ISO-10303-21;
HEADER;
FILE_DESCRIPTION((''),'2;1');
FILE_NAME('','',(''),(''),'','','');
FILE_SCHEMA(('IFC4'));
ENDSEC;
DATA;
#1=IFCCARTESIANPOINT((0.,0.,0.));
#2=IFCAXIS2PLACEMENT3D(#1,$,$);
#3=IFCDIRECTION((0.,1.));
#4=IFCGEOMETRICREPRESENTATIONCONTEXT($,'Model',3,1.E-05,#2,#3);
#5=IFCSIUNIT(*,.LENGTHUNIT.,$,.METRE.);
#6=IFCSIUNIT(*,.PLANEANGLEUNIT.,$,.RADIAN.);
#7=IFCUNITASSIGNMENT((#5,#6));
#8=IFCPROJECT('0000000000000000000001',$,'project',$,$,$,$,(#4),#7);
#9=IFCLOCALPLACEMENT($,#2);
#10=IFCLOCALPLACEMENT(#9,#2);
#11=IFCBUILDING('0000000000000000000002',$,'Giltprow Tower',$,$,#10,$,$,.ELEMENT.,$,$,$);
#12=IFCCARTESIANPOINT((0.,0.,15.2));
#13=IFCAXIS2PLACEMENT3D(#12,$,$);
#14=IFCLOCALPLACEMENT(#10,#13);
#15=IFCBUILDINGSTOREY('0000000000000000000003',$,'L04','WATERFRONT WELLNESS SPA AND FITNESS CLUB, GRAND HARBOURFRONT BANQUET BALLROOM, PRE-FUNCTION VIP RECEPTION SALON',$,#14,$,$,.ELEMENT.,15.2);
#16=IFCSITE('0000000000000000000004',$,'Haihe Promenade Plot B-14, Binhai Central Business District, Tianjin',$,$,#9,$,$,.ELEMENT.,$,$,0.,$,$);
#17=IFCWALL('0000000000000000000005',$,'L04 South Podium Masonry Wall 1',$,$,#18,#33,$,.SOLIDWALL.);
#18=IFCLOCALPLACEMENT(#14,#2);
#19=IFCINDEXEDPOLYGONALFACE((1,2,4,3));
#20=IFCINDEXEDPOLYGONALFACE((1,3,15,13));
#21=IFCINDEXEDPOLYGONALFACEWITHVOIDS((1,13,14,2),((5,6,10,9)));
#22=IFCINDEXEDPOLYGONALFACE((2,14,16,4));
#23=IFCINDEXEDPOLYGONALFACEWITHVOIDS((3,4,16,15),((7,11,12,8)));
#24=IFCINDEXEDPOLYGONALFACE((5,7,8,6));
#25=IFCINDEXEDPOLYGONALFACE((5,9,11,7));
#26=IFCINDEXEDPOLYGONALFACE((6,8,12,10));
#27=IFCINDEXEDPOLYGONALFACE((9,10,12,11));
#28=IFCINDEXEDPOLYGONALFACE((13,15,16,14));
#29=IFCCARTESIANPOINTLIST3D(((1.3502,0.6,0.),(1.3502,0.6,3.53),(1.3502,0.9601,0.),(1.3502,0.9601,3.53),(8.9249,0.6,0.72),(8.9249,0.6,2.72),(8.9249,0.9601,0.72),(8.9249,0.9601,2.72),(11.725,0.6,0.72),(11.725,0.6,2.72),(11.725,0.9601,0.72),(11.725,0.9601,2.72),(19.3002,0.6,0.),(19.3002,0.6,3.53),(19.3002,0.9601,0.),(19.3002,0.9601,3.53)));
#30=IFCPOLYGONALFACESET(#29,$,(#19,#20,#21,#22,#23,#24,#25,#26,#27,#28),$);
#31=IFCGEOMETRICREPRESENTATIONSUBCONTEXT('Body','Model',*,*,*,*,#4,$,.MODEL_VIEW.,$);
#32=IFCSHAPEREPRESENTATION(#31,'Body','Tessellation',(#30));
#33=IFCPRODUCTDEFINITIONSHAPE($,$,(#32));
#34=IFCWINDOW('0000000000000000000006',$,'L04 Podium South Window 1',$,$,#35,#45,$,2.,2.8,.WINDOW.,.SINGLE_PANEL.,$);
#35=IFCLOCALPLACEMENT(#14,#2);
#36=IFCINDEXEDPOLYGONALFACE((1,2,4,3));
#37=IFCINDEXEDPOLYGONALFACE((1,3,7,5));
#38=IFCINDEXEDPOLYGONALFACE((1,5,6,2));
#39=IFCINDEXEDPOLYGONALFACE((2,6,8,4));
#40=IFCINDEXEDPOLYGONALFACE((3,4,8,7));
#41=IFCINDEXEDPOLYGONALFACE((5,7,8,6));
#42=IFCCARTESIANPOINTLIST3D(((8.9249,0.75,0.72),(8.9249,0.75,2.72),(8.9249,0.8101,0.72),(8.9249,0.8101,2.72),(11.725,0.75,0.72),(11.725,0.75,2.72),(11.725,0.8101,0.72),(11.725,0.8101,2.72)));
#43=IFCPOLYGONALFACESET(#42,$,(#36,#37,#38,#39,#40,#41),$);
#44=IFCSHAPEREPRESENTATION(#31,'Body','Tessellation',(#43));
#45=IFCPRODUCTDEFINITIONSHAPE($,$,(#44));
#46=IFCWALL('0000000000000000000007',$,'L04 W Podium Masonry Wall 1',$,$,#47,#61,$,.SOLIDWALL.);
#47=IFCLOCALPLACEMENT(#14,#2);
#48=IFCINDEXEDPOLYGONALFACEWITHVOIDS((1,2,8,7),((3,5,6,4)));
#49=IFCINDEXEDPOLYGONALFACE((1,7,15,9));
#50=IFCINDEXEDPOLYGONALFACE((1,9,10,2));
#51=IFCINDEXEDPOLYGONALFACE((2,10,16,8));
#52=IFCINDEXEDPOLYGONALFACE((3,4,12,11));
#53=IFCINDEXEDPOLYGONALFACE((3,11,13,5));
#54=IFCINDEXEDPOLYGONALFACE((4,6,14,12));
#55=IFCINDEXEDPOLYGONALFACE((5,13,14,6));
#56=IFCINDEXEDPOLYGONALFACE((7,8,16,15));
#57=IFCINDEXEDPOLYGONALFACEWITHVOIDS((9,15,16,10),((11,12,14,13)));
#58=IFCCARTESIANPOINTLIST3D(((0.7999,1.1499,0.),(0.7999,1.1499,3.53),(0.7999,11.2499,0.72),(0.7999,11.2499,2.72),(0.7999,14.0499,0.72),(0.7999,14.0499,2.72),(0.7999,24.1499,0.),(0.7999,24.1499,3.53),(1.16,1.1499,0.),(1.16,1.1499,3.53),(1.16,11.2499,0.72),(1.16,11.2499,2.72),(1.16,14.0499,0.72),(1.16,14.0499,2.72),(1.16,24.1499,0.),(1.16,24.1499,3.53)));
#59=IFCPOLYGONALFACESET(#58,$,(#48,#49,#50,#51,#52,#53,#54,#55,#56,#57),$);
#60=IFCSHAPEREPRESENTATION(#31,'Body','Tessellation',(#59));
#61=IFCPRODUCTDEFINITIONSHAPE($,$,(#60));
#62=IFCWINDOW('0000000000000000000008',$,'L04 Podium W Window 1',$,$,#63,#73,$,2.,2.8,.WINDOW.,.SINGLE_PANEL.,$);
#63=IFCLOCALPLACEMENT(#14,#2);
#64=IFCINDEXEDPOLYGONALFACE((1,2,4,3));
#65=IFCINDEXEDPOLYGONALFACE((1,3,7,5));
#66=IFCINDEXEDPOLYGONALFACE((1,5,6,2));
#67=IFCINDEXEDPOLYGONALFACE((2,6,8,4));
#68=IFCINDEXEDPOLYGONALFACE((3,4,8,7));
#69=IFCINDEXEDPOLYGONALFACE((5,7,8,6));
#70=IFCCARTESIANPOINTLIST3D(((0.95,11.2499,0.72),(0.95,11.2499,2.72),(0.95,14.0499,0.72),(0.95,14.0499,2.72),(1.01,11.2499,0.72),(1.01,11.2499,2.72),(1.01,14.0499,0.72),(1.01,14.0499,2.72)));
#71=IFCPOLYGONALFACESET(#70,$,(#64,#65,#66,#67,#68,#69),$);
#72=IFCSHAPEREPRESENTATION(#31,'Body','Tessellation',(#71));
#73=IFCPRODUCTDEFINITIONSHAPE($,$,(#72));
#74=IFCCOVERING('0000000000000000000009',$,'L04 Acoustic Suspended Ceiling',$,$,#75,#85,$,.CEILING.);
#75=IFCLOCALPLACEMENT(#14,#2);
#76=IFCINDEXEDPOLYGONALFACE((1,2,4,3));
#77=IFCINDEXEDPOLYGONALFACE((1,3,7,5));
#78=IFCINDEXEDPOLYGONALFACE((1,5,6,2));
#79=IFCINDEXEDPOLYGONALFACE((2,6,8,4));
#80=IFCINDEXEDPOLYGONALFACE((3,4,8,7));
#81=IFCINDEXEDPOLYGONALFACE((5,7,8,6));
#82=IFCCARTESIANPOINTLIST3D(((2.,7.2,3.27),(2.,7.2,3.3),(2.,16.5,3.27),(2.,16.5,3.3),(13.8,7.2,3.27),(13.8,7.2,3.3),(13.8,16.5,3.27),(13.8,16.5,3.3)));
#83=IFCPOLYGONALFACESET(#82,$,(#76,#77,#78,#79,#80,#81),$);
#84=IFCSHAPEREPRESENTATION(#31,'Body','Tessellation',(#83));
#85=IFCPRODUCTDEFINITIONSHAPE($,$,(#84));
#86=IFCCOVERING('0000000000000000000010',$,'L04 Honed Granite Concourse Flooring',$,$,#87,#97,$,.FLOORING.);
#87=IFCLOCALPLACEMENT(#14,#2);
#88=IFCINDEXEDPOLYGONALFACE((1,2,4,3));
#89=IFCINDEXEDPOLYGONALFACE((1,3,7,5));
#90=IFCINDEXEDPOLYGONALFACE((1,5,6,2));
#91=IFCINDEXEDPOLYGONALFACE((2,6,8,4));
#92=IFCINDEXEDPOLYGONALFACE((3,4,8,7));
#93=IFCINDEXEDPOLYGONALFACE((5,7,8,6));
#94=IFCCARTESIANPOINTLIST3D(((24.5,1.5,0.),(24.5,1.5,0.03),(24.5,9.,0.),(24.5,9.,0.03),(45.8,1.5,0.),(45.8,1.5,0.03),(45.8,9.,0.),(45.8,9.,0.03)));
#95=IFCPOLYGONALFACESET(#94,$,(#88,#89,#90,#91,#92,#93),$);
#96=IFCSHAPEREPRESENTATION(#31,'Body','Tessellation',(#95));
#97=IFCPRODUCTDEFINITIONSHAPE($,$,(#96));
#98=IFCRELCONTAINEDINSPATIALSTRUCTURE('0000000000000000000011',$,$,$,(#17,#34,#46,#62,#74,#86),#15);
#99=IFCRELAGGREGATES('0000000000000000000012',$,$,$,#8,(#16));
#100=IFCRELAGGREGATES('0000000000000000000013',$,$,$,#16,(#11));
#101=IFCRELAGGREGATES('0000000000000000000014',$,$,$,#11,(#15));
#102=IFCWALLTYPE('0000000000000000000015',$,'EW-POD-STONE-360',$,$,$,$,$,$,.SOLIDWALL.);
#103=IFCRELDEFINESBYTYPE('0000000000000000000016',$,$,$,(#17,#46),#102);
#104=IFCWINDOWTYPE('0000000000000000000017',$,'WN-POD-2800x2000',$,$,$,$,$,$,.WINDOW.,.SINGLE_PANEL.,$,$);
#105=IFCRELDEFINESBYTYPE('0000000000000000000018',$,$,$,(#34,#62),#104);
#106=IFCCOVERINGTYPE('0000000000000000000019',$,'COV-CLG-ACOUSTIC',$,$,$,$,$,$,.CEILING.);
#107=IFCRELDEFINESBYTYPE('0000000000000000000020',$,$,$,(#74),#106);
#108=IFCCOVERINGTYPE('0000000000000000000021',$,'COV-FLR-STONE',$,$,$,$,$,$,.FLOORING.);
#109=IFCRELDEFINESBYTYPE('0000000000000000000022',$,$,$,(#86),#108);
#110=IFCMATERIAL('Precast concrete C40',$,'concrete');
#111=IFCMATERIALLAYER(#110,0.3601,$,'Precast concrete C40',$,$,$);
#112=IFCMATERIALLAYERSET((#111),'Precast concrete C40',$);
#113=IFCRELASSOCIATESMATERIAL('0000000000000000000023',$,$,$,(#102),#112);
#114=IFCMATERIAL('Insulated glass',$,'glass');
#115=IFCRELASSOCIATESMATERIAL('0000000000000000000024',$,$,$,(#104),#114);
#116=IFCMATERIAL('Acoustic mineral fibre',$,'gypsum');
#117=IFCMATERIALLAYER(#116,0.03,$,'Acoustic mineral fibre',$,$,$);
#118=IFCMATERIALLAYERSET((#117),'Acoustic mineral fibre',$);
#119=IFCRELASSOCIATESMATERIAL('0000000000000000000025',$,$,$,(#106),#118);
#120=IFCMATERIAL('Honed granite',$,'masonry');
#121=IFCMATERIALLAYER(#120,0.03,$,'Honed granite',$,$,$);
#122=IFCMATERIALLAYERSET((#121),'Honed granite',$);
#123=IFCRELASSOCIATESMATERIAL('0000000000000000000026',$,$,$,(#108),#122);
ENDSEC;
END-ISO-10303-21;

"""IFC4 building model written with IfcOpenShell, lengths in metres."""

from ifc_helpers import new_model, si_unit, direction, frame, frame_2d, origin, place, context, subcontext, project, spatial, polyline, rectangle, outline, extrude, source, transform, mapped, material, layer, layer_set, type_object, element, fill, save


model = new_model("IFC4")

# Units and contexts
model_context = context("Model", 3, precision=1e-05, world=origin(), true_north=direction((0.0, 1.0)))
body_context = subcontext(model_context, "Body", "Model", "MODEL_VIEW")
ifc_project = project(units=[si_unit("LENGTHUNIT", "METRE"), si_unit("PLANEANGLEUNIT", "RADIAN")], contexts=[model_context])

# Site, building, storey
site_placement = place(None, origin())
site = spatial("IfcSite", under=ifc_project, at=site_placement, Name="Haihe Promenade Plot B-14, Binhai Central Business District, Tianjin", CompositionType="ELEMENT", RefElevation=0.0)
building_placement = place(site_placement, origin())
building = spatial("IfcBuilding", under=site, at=building_placement, Name="Giltprow Tower", CompositionType="ELEMENT")
storey_placement = place(building_placement, frame((0.0, 0.0, 15.2)))
storey = spatial("IfcBuildingStorey", under=building, at=storey_placement, Name="L04", Description="WATERFRONT WELLNESS SPA AND FITNESS CLUB, GRAND HARBOURFRONT BANQUET BALLROOM, PRE-FUNCTION VIP RECEPTION SALON", CompositionType="ELEMENT", Elevation=15.2)

# Walls, openings, windows
ifc_material_1 = material(Name="Precast concrete C40", Category="concrete")
ifc_layer_1 = layer(ifc_material_1, 0.3601, Name="Precast concrete C40")
ifc_layer_set_1 = layer_set([ifc_layer_1], Name="Precast concrete C40")
wall_type = type_object("IfcWallType", Name="EW-POD-STONE-360", PredefinedType="SOLIDWALL", material=ifc_layer_set_1)
wall_1_placement = place(storey_placement, frame((1.3501, 0.78, 0.0), z_axis=(0.0, 0.0, 1.0), x_axis=(1.0, 0.0, 0.0)))
wall_1 = element("IfcWall", 1, at=wall_1_placement, inside=storey, type_object=wall_type, Name="L04 South Podium Masonry Wall 1", PredefinedType="SOLIDWALL", context=body_context, shape_type="SweptSolid", body=[
    extrude(rectangle(XDim=17.95, YDim=0.3601, at=frame_2d((8.9751, 0.0))), origin(), (0.0, 0.0, 1.0), 3.53),
])
opening_1_placement = place(wall_1_placement, frame((7.575, 0.0, 0.72)))
opening_1 = element("IfcOpeningElement", 2, at=opening_1_placement, cuts=wall_1, PredefinedType="OPENING", context=body_context, shape_type="SweptSolid", body=[
    extrude(rectangle(XDim=2.8, YDim=2.0, at=frame_2d((1.3999, 1.0))), frame((0.0, 0.1899, 0.0), z_axis=(0.0, -1.0, 0.0), x_axis=(1.0, 0.0, 0.0)), (0.0, 0.0, 1.0), 0.3801),
])
ifc_material_2 = material(Name="Insulated glass", Category="glass")
window_type = type_object("IfcWindowType", Name="WN-POD-2800x2000", PartitioningType="SINGLE_PANEL", PredefinedType="WINDOW", material=ifc_material_2)
shared_shape_1 = source(origin(), body_context, "Body", "SweptSolid", [
    extrude(rectangle(XDim=2.8, YDim=2.0, at=frame_2d((1.3999, 1.0))), frame((0.0, 0.03, 0.0), z_axis=(0.0, -1.0, 0.0), x_axis=(1.0, 0.0, 0.0)), (0.0, 0.0, 1.0), 0.0601),
])
window_1_placement = place(opening_1_placement, origin())
window_1 = element("IfcWindow", 3, at=window_1_placement, inside=storey, type_object=window_type, Name="L04 Podium South Window 1", OverallHeight=2.0, OverallWidth=2.8, PartitioningType="SINGLE_PANEL", PredefinedType="WINDOW", context=body_context, shape_type="MappedRepresentation", body=[
    mapped(shared_shape_1, transform((0.0, 0.0, 0.0), x_axis=(1.0, 0.0, 0.0), y_axis=(0.0, 1.0, 0.0), z_axis=(0.0, 0.0, 1.0), scale=1.0)),
])
fill(opening_1, window_1)
wall_2_placement = place(storey_placement, frame((0.98, 1.1499, 0.0), z_axis=(0.0, 0.0, 1.0), x_axis=(0.0, 1.0, 0.0)))
wall_2 = element("IfcWall", 4, at=wall_2_placement, inside=storey, type_object=wall_type, Name="L04 W Podium Masonry Wall 1", PredefinedType="SOLIDWALL", context=body_context, shape_type="SweptSolid", body=[
    extrude(rectangle(XDim=23.0, YDim=0.3601, at=frame_2d((11.5, 0.0))), origin(), (0.0, 0.0, 1.0), 3.53),
])
opening_2_placement = place(wall_2_placement, frame((10.1001, 0.0, 0.72)))
opening_2 = element("IfcOpeningElement", 5, at=opening_2_placement, cuts=wall_2, PredefinedType="OPENING", context=body_context, shape_type="SweptSolid", body=[
    extrude(rectangle(XDim=2.8, YDim=2.0, at=frame_2d((1.3999, 1.0))), frame((0.0, 0.1899, 0.0), z_axis=(0.0, -1.0, 0.0), x_axis=(1.0, 0.0, 0.0)), (0.0, 0.0, 1.0), 0.3801),
])
window_2_placement = place(opening_2_placement, origin())
window_2 = element("IfcWindow", 6, at=window_2_placement, inside=storey, type_object=window_type, Name="L04 Podium W Window 1", OverallHeight=2.0, OverallWidth=2.8, PartitioningType="SINGLE_PANEL", PredefinedType="WINDOW", context=body_context, shape_type="MappedRepresentation", body=[
    mapped(shared_shape_1, transform((0.0, 0.0, 0.0), x_axis=(1.0, 0.0, 0.0), y_axis=(0.0, 1.0, 0.0), z_axis=(0.0, 0.0, 1.0), scale=1.0)),
])
fill(opening_2, window_2)

# Coverings
ifc_material_3 = material(Name="Acoustic mineral fibre", Category="gypsum")
ifc_layer_2 = layer(ifc_material_3, 0.03, Name="Acoustic mineral fibre")
ifc_layer_set_2 = layer_set([ifc_layer_2], Name="Acoustic mineral fibre")
covering_type_1 = type_object("IfcCoveringType", Name="COV-CLG-ACOUSTIC", PredefinedType="CEILING", material=ifc_layer_set_2)
covering_1_placement = place(storey_placement, frame((0.0, 0.0, 3.27)))
element("IfcCovering", 7, at=covering_1_placement, inside=storey, type_object=covering_type_1, Name="L04 Acoustic Suspended Ceiling", PredefinedType="CEILING", context=body_context, shape_type="SweptSolid", body=[
    extrude(outline(polyline([(2.0, 7.2), (13.8, 7.2), (13.8, 16.5), (2.0, 16.5), (2.0, 7.2)])), origin(), (0.0, 0.0, 1.0), 0.03),
])
ifc_material_4 = material(Name="Honed granite", Category="masonry")
ifc_layer_3 = layer(ifc_material_4, 0.03, Name="Honed granite")
ifc_layer_set_3 = layer_set([ifc_layer_3], Name="Honed granite")
covering_type_2 = type_object("IfcCoveringType", Name="COV-FLR-STONE", PredefinedType="FLOORING", material=ifc_layer_set_3)
covering_2_placement = place(storey_placement, origin())
element("IfcCovering", 8, at=covering_2_placement, inside=storey, type_object=covering_type_2, Name="L04 Honed Granite Concourse Flooring", PredefinedType="FLOORING", context=body_context, shape_type="SweptSolid", body=[
    extrude(outline(polyline([(24.5, 1.5), (45.8, 1.5), (45.8, 9.0), (24.5, 9.0), (24.5, 1.5)])), origin(), (0.0, 0.0, 1.0), 0.03),
])

save(model, "model.ifc")
